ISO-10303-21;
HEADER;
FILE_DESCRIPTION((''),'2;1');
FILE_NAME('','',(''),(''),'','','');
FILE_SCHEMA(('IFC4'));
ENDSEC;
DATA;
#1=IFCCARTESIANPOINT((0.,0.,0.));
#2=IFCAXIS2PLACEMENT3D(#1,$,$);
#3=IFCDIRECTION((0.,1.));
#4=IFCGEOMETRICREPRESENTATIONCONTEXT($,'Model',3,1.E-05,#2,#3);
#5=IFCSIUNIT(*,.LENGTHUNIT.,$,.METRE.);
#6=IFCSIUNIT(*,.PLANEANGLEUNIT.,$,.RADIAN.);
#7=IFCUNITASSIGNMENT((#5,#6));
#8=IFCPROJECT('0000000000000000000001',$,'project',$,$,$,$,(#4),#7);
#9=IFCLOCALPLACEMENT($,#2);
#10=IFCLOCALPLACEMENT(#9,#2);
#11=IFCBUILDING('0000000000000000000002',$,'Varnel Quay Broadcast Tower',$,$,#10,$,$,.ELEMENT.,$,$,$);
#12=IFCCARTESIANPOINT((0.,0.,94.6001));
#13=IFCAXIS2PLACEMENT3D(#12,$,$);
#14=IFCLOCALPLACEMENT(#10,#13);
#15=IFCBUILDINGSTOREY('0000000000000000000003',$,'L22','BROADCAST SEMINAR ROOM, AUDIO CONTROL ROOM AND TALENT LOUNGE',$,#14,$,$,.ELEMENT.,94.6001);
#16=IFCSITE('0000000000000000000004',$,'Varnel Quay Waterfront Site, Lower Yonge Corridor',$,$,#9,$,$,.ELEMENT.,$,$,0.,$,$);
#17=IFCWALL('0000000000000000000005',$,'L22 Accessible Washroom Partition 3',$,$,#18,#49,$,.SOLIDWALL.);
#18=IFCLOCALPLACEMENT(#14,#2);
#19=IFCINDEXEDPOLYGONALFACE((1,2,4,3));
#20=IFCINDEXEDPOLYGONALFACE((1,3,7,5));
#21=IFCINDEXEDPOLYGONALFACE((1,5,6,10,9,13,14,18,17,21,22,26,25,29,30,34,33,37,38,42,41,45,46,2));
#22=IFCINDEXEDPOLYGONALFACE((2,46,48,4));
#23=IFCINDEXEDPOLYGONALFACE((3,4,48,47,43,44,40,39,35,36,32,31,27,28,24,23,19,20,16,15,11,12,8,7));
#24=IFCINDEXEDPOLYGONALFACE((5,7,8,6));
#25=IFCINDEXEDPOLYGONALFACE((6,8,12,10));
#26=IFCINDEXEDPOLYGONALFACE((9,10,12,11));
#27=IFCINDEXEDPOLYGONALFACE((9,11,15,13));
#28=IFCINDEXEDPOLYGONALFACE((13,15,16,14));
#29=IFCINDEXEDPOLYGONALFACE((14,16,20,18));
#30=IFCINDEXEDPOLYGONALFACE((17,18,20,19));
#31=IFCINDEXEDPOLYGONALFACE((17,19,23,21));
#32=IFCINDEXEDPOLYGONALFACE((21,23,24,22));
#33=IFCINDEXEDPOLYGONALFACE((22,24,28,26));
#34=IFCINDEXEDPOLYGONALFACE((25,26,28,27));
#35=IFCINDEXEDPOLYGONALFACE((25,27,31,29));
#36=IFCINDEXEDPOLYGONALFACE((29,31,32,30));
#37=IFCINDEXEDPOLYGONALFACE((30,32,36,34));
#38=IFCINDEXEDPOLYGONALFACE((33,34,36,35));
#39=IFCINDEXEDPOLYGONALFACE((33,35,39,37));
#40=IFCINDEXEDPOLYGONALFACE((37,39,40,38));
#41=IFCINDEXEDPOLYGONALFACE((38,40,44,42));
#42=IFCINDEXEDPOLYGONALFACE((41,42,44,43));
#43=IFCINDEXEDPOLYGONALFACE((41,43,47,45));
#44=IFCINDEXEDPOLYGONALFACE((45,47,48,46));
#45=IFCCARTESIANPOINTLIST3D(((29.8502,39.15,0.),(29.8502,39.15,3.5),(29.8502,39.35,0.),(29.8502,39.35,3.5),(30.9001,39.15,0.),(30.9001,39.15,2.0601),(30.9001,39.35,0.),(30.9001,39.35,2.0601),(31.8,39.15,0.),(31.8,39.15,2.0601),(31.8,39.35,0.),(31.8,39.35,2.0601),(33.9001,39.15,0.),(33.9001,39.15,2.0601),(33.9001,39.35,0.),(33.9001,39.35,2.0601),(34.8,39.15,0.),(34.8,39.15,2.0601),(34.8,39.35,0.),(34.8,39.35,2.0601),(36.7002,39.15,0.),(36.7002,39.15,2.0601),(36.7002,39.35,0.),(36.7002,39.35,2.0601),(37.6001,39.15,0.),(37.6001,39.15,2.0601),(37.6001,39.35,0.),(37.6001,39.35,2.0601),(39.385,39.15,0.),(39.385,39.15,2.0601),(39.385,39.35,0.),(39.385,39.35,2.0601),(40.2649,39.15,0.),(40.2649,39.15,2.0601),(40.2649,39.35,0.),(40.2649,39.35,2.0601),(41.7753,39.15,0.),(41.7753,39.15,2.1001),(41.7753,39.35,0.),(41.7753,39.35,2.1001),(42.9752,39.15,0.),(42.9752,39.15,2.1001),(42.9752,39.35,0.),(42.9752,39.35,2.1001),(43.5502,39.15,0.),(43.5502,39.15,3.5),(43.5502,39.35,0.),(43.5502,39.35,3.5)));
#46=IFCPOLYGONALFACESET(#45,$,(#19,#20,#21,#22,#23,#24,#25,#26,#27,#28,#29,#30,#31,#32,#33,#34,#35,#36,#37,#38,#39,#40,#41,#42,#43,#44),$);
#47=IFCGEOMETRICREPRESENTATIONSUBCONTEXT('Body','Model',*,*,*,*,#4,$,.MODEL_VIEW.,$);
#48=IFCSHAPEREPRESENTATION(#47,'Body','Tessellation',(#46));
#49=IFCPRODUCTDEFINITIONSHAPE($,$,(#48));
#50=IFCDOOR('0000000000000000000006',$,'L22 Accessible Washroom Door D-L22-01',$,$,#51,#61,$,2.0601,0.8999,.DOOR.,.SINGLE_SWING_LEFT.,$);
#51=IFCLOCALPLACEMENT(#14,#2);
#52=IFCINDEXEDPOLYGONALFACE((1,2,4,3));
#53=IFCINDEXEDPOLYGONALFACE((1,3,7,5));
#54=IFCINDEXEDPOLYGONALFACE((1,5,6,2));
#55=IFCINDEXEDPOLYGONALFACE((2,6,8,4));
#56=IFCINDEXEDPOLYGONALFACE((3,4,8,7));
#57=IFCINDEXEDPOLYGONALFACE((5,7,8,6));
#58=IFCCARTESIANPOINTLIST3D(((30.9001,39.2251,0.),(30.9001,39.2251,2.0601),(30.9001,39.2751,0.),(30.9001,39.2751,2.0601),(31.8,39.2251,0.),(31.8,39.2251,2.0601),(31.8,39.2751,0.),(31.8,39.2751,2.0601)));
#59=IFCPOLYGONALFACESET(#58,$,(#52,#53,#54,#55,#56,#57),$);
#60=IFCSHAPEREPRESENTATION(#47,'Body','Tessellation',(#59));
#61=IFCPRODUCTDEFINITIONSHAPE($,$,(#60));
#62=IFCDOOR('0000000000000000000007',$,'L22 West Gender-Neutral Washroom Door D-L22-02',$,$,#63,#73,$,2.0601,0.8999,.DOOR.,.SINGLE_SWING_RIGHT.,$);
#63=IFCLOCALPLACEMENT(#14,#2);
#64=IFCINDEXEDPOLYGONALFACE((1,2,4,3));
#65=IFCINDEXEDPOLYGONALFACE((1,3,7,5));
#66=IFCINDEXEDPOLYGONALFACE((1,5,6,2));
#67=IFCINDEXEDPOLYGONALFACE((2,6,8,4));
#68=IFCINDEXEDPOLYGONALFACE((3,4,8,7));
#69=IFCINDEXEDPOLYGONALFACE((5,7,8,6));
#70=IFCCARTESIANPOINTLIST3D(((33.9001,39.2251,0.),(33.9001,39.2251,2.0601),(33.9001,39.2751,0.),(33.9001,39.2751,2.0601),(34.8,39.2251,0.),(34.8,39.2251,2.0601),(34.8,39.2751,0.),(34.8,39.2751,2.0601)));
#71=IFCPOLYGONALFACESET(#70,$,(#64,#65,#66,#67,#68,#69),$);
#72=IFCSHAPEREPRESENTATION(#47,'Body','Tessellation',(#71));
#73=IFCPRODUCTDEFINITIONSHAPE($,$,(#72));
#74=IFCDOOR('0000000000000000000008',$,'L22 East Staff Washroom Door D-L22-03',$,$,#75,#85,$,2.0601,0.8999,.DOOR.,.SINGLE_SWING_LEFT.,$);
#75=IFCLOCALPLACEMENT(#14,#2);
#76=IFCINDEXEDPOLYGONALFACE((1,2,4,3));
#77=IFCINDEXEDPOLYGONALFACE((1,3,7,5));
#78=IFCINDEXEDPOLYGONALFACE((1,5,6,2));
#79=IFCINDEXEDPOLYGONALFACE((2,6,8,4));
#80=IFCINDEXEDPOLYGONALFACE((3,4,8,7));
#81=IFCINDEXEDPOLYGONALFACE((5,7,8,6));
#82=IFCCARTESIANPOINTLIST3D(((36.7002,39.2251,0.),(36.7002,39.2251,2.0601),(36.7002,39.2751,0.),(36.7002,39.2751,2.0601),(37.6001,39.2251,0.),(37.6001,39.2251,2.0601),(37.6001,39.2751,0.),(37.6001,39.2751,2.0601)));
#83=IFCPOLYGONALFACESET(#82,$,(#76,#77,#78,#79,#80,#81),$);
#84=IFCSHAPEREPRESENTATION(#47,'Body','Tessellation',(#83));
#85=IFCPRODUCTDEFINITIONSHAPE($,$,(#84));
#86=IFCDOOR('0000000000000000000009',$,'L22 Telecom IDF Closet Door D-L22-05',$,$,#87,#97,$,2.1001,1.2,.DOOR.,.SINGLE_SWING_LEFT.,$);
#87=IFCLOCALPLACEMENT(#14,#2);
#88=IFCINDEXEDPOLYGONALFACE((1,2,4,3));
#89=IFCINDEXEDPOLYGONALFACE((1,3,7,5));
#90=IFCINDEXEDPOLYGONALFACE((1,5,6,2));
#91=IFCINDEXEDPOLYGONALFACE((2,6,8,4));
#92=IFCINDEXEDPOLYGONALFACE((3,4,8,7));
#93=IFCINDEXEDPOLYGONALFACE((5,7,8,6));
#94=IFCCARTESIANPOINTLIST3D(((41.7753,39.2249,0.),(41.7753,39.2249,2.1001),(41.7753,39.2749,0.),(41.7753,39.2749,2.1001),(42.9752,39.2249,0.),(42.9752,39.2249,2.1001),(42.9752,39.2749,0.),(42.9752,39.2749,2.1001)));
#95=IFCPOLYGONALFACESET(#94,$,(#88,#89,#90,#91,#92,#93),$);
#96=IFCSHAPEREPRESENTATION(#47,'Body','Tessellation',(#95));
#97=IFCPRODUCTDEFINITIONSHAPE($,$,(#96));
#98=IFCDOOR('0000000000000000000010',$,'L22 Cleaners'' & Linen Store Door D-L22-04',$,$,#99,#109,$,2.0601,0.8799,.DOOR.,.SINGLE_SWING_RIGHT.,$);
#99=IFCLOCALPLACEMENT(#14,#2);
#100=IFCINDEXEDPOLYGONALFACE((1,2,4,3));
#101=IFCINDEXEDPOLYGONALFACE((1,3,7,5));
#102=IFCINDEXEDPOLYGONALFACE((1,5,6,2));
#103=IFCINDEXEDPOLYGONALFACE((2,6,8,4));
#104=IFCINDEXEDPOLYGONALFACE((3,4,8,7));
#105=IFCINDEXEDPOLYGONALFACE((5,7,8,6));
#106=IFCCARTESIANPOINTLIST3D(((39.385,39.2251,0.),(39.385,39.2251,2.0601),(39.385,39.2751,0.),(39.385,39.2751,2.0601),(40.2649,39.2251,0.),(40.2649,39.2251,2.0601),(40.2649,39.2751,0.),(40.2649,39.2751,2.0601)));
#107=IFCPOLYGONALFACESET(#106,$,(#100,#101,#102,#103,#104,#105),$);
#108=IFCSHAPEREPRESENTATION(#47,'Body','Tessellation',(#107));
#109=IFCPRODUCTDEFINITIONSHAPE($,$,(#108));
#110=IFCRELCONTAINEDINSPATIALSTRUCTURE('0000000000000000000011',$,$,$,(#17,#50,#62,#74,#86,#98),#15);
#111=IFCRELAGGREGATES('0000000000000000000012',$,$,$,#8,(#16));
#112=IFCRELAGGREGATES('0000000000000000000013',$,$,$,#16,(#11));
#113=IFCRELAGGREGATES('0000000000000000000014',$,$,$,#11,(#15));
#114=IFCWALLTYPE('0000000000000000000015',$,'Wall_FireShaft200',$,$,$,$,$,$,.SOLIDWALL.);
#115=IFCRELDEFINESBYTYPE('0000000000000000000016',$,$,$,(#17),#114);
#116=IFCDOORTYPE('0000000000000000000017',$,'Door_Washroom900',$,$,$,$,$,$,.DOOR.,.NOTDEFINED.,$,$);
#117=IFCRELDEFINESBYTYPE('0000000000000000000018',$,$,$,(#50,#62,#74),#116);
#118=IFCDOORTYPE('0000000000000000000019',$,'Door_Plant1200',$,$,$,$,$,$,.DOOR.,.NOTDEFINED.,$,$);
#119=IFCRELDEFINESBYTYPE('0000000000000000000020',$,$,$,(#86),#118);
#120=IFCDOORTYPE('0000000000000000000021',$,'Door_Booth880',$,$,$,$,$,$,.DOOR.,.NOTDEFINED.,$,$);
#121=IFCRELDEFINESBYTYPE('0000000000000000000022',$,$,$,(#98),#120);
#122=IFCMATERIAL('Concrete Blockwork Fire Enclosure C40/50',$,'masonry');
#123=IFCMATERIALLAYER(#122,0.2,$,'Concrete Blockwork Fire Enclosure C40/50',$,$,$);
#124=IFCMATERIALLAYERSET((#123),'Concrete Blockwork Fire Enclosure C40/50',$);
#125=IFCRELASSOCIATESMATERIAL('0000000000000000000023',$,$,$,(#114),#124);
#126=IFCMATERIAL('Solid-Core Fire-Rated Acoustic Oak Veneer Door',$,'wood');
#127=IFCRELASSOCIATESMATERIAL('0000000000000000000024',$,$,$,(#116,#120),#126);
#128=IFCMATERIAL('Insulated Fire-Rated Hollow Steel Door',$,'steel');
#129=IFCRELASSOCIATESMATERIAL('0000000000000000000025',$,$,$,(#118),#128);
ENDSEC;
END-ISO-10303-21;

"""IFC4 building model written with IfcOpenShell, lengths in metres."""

from ifc_helpers import new_model, si_unit, direction, frame, frame_2d, origin, place, context, subcontext, project, spatial, rectangle, extrude, source, transform, mapped, material, layer, layer_set, type_object, type_shapes, element, fill, save


model = new_model("IFC4")

# Units and contexts
model_context = context("Model", 3, precision=1e-05, world=origin(), true_north=direction((0.0, 1.0)))
body_context = subcontext(model_context, "Body", "Model", "MODEL_VIEW")
ifc_project = project(units=[si_unit("LENGTHUNIT", "METRE"), si_unit("PLANEANGLEUNIT", "RADIAN")], contexts=[model_context])

# Site, building, storey
site_placement = place(None, origin())
site = spatial("IfcSite", under=ifc_project, at=site_placement, Name="Varnel Quay Waterfront Site, Lower Yonge Corridor", CompositionType="ELEMENT", RefElevation=0.0)
building_placement = place(site_placement, origin())
building = spatial("IfcBuilding", under=site, at=building_placement, Name="Varnel Quay Broadcast Tower", CompositionType="ELEMENT")
storey_placement = place(building_placement, frame((0.0, 0.0, 94.6001)))
storey = spatial("IfcBuildingStorey", under=building, at=storey_placement, Name="L22", Description="BROADCAST SEMINAR ROOM, AUDIO CONTROL ROOM AND TALENT LOUNGE", CompositionType="ELEMENT", Elevation=94.6001)

# Wall, openings, doors
ifc_material_1 = material(Name="Concrete Blockwork Fire Enclosure C40/50", Category="masonry")
ifc_layer_1 = layer(ifc_material_1, 0.2, Name="Concrete Blockwork Fire Enclosure C40/50")
ifc_layer_set_1 = layer_set([ifc_layer_1], Name="Concrete Blockwork Fire Enclosure C40/50")
wall_type_1 = type_object("IfcWallType", Name="Wall_FireShaft200", PredefinedType="SOLIDWALL", material=ifc_layer_set_1)
wall_1_placement = place(storey_placement, frame((29.8501, 39.25, 0.0), z_axis=(0.0, 0.0, 1.0), x_axis=(1.0, 0.0, 0.0)))
wall_1 = element("IfcWall", 1, at=wall_1_placement, inside=storey, type_object=wall_type_1, Name="L22 Accessible Washroom Partition 3", PredefinedType="SOLIDWALL", context=body_context, shape_type="SweptSolid", body=[
    extrude(rectangle(XDim=13.7, YDim=0.2, at=frame_2d((6.8501, 0.0))), origin(), (0.0, 0.0, 1.0), 3.5),
])
opening_1_placement = place(wall_1_placement, frame((1.05, 0.0, 0.0)))
opening_1 = element("IfcOpeningElement", 2, at=opening_1_placement, cuts=wall_1, PredefinedType="OPENING", context=body_context, shape_type="SweptSolid", body=[
    extrude(rectangle(XDim=0.8999, YDim=2.0601, at=frame_2d((0.45, 1.03))), frame((0.0, 0.1099, 0.0), z_axis=(0.0, -1.0, 0.0), x_axis=(1.0, 0.0, 0.0)), (0.0, 0.0, 1.0), 0.22),
])
opening_2_placement = place(wall_1_placement, frame((4.05, 0.0, 0.0)))
opening_2 = element("IfcOpeningElement", 3, at=opening_2_placement, cuts=wall_1, PredefinedType="OPENING", context=body_context, shape_type="SweptSolid", body=[
    extrude(rectangle(XDim=0.8999, YDim=2.0601, at=frame_2d((0.45, 1.03))), frame((0.0, 0.1099, 0.0), z_axis=(0.0, -1.0, 0.0), x_axis=(1.0, 0.0, 0.0)), (0.0, 0.0, 1.0), 0.22),
])
opening_3_placement = place(wall_1_placement, frame((6.8501, 0.0, 0.0)))
opening_3 = element("IfcOpeningElement", 4, at=opening_3_placement, cuts=wall_1, PredefinedType="OPENING", context=body_context, shape_type="SweptSolid", body=[
    extrude(rectangle(XDim=0.8999, YDim=2.0601, at=frame_2d((0.45, 1.03))), frame((0.0, 0.1099, 0.0), z_axis=(0.0, -1.0, 0.0), x_axis=(1.0, 0.0, 0.0)), (0.0, 0.0, 1.0), 0.22),
])
opening_4_placement = place(wall_1_placement, frame((9.5349, 0.0, 0.0)))
opening_4 = element("IfcOpeningElement", 5, at=opening_4_placement, cuts=wall_1, PredefinedType="OPENING", context=body_context, shape_type="SweptSolid", body=[
    extrude(rectangle(XDim=0.8799, YDim=2.0601, at=frame_2d((0.4399, 1.03))), frame((0.0, 0.1099, 0.0), z_axis=(0.0, -1.0, 0.0), x_axis=(1.0, 0.0, 0.0)), (0.0, 0.0, 1.0), 0.22),
])
opening_5_placement = place(wall_1_placement, frame((11.925, 0.0, 0.0)))
opening_5 = element("IfcOpeningElement", 6, at=opening_5_placement, cuts=wall_1, PredefinedType="OPENING", context=body_context, shape_type="SweptSolid", body=[
    extrude(rectangle(XDim=1.2, YDim=2.1001, at=frame_2d((0.6001, 1.05))), frame((0.0, 0.1099, 0.0), z_axis=(0.0, -1.0, 0.0), x_axis=(1.0, 0.0, 0.0)), (0.0, 0.0, 1.0), 0.22),
])
ifc_material_2 = material(Name="Solid-Core Fire-Rated Acoustic Oak Veneer Door", Category="wood")
door_type_1 = type_object("IfcDoorType", Name="Door_Washroom900", OperationType="NOTDEFINED", PredefinedType="DOOR", material=ifc_material_2)
shared_shape_1 = source(origin(), body_context, "Body", "SweptSolid", [
    extrude(rectangle(XDim=0.8999, YDim=2.0601, at=frame_2d((0.45, 1.03))), frame((0.0, 0.0249, 0.0), z_axis=(0.0, -1.0, 0.0), x_axis=(1.0, 0.0, 0.0)), (0.0, 0.0, 1.0), 0.05),
])
type_shapes(door_type_1, [shared_shape_1])
door_1_placement = place(opening_1_placement, frame((0.8999, 0.0, 0.0), z_axis=(0.0, 0.0, 1.0), x_axis=(-1.0, 0.0, 0.0)))
door_1 = element("IfcDoor", 7, at=door_1_placement, inside=storey, type_object=door_type_1, Name="L22 Accessible Washroom Door D-L22-01", OperationType="SINGLE_SWING_LEFT", OverallHeight=2.0601, OverallWidth=0.8999, PredefinedType="DOOR", context=body_context, shape_type="MappedRepresentation", body=[
    mapped(shared_shape_1, transform((0.0, 0.0, 0.0), x_axis=(1.0, 0.0, 0.0), y_axis=(0.0, 1.0, 0.0), z_axis=(0.0, 0.0, 1.0), scale=1.0)),
])
fill(opening_1, door_1)
door_2_placement = place(opening_2_placement, frame((0.8999, 0.0, 0.0), z_axis=(0.0, 0.0, 1.0), x_axis=(-1.0, 0.0, 0.0)))
door_2 = element("IfcDoor", 8, at=door_2_placement, inside=storey, type_object=door_type_1, Name="L22 West Gender-Neutral Washroom Door D-L22-02", OperationType="SINGLE_SWING_RIGHT", OverallHeight=2.0601, OverallWidth=0.8999, PredefinedType="DOOR", context=body_context, shape_type="MappedRepresentation", body=[
    mapped(shared_shape_1, transform((0.0, 0.0, 0.0), x_axis=(1.0, 0.0, 0.0), y_axis=(0.0, 1.0, 0.0), z_axis=(0.0, 0.0, 1.0), scale=1.0)),
])
fill(opening_2, door_2)
door_3_placement = place(opening_3_placement, frame((0.8999, 0.0, 0.0), z_axis=(0.0, 0.0, 1.0), x_axis=(-1.0, 0.0, 0.0)))
door_3 = element("IfcDoor", 9, at=door_3_placement, inside=storey, type_object=door_type_1, Name="L22 East Staff Washroom Door D-L22-03", OperationType="SINGLE_SWING_LEFT", OverallHeight=2.0601, OverallWidth=0.8999, PredefinedType="DOOR", context=body_context, shape_type="MappedRepresentation", body=[
    mapped(shared_shape_1, transform((0.0, 0.0, 0.0), x_axis=(1.0, 0.0, 0.0), y_axis=(0.0, 1.0, 0.0), z_axis=(0.0, 0.0, 1.0), scale=1.0)),
])
fill(opening_3, door_3)
ifc_material_3 = material(Name="Insulated Fire-Rated Hollow Steel Door", Category="steel")
door_type_2 = type_object("IfcDoorType", Name="Door_Plant1200", OperationType="NOTDEFINED", PredefinedType="DOOR", material=ifc_material_3)
shared_shape_2 = source(origin(), body_context, "Body", "SweptSolid", [
    extrude(rectangle(XDim=1.2, YDim=2.1001, at=frame_2d((0.6001, 1.05))), frame((0.0, 0.0249, 0.0), z_axis=(0.0, -1.0, 0.0), x_axis=(1.0, 0.0, 0.0)), (0.0, 0.0, 1.0), 0.05),
])
type_shapes(door_type_2, [shared_shape_2])
door_4_placement = place(opening_5_placement, origin())
door_4 = element("IfcDoor", 10, at=door_4_placement, inside=storey, type_object=door_type_2, Name="L22 Telecom IDF Closet Door D-L22-05", OperationType="SINGLE_SWING_LEFT", OverallHeight=2.1001, OverallWidth=1.2, PredefinedType="DOOR", context=body_context, shape_type="MappedRepresentation", body=[
    mapped(shared_shape_2, transform((0.0, 0.0, 0.0), x_axis=(1.0, 0.0, 0.0), y_axis=(0.0, 1.0, 0.0), z_axis=(0.0, 0.0, 1.0), scale=1.0)),
])
fill(opening_5, door_4)
door_type_3 = type_object("IfcDoorType", Name="Door_Booth880", OperationType="NOTDEFINED", PredefinedType="DOOR", material=ifc_material_2)
shared_shape_3 = source(origin(), body_context, "Body", "SweptSolid", [
    extrude(rectangle(XDim=0.8799, YDim=2.0601, at=frame_2d((0.4399, 1.03))), frame((0.0, 0.0249, 0.0), z_axis=(0.0, -1.0, 0.0), x_axis=(1.0, 0.0, 0.0)), (0.0, 0.0, 1.0), 0.05),
])
type_shapes(door_type_3, [shared_shape_3])
door_5_placement = place(opening_4_placement, frame((0.8799, 0.0, 0.0), z_axis=(0.0, 0.0, 1.0), x_axis=(-1.0, 0.0, 0.0)))
door_5 = element("IfcDoor", 11, at=door_5_placement, inside=storey, type_object=door_type_3, Name="L22 Cleaners' & Linen Store Door D-L22-04", OperationType="SINGLE_SWING_RIGHT", OverallHeight=2.0601, OverallWidth=0.8799, PredefinedType="DOOR", context=body_context, shape_type="MappedRepresentation", body=[
    mapped(shared_shape_3, transform((0.0, 0.0, 0.0), x_axis=(1.0, 0.0, 0.0), y_axis=(0.0, 1.0, 0.0), z_axis=(0.0, 0.0, 1.0), scale=1.0)),
])
fill(opening_4, door_5)

save(model, "model.ifc")
